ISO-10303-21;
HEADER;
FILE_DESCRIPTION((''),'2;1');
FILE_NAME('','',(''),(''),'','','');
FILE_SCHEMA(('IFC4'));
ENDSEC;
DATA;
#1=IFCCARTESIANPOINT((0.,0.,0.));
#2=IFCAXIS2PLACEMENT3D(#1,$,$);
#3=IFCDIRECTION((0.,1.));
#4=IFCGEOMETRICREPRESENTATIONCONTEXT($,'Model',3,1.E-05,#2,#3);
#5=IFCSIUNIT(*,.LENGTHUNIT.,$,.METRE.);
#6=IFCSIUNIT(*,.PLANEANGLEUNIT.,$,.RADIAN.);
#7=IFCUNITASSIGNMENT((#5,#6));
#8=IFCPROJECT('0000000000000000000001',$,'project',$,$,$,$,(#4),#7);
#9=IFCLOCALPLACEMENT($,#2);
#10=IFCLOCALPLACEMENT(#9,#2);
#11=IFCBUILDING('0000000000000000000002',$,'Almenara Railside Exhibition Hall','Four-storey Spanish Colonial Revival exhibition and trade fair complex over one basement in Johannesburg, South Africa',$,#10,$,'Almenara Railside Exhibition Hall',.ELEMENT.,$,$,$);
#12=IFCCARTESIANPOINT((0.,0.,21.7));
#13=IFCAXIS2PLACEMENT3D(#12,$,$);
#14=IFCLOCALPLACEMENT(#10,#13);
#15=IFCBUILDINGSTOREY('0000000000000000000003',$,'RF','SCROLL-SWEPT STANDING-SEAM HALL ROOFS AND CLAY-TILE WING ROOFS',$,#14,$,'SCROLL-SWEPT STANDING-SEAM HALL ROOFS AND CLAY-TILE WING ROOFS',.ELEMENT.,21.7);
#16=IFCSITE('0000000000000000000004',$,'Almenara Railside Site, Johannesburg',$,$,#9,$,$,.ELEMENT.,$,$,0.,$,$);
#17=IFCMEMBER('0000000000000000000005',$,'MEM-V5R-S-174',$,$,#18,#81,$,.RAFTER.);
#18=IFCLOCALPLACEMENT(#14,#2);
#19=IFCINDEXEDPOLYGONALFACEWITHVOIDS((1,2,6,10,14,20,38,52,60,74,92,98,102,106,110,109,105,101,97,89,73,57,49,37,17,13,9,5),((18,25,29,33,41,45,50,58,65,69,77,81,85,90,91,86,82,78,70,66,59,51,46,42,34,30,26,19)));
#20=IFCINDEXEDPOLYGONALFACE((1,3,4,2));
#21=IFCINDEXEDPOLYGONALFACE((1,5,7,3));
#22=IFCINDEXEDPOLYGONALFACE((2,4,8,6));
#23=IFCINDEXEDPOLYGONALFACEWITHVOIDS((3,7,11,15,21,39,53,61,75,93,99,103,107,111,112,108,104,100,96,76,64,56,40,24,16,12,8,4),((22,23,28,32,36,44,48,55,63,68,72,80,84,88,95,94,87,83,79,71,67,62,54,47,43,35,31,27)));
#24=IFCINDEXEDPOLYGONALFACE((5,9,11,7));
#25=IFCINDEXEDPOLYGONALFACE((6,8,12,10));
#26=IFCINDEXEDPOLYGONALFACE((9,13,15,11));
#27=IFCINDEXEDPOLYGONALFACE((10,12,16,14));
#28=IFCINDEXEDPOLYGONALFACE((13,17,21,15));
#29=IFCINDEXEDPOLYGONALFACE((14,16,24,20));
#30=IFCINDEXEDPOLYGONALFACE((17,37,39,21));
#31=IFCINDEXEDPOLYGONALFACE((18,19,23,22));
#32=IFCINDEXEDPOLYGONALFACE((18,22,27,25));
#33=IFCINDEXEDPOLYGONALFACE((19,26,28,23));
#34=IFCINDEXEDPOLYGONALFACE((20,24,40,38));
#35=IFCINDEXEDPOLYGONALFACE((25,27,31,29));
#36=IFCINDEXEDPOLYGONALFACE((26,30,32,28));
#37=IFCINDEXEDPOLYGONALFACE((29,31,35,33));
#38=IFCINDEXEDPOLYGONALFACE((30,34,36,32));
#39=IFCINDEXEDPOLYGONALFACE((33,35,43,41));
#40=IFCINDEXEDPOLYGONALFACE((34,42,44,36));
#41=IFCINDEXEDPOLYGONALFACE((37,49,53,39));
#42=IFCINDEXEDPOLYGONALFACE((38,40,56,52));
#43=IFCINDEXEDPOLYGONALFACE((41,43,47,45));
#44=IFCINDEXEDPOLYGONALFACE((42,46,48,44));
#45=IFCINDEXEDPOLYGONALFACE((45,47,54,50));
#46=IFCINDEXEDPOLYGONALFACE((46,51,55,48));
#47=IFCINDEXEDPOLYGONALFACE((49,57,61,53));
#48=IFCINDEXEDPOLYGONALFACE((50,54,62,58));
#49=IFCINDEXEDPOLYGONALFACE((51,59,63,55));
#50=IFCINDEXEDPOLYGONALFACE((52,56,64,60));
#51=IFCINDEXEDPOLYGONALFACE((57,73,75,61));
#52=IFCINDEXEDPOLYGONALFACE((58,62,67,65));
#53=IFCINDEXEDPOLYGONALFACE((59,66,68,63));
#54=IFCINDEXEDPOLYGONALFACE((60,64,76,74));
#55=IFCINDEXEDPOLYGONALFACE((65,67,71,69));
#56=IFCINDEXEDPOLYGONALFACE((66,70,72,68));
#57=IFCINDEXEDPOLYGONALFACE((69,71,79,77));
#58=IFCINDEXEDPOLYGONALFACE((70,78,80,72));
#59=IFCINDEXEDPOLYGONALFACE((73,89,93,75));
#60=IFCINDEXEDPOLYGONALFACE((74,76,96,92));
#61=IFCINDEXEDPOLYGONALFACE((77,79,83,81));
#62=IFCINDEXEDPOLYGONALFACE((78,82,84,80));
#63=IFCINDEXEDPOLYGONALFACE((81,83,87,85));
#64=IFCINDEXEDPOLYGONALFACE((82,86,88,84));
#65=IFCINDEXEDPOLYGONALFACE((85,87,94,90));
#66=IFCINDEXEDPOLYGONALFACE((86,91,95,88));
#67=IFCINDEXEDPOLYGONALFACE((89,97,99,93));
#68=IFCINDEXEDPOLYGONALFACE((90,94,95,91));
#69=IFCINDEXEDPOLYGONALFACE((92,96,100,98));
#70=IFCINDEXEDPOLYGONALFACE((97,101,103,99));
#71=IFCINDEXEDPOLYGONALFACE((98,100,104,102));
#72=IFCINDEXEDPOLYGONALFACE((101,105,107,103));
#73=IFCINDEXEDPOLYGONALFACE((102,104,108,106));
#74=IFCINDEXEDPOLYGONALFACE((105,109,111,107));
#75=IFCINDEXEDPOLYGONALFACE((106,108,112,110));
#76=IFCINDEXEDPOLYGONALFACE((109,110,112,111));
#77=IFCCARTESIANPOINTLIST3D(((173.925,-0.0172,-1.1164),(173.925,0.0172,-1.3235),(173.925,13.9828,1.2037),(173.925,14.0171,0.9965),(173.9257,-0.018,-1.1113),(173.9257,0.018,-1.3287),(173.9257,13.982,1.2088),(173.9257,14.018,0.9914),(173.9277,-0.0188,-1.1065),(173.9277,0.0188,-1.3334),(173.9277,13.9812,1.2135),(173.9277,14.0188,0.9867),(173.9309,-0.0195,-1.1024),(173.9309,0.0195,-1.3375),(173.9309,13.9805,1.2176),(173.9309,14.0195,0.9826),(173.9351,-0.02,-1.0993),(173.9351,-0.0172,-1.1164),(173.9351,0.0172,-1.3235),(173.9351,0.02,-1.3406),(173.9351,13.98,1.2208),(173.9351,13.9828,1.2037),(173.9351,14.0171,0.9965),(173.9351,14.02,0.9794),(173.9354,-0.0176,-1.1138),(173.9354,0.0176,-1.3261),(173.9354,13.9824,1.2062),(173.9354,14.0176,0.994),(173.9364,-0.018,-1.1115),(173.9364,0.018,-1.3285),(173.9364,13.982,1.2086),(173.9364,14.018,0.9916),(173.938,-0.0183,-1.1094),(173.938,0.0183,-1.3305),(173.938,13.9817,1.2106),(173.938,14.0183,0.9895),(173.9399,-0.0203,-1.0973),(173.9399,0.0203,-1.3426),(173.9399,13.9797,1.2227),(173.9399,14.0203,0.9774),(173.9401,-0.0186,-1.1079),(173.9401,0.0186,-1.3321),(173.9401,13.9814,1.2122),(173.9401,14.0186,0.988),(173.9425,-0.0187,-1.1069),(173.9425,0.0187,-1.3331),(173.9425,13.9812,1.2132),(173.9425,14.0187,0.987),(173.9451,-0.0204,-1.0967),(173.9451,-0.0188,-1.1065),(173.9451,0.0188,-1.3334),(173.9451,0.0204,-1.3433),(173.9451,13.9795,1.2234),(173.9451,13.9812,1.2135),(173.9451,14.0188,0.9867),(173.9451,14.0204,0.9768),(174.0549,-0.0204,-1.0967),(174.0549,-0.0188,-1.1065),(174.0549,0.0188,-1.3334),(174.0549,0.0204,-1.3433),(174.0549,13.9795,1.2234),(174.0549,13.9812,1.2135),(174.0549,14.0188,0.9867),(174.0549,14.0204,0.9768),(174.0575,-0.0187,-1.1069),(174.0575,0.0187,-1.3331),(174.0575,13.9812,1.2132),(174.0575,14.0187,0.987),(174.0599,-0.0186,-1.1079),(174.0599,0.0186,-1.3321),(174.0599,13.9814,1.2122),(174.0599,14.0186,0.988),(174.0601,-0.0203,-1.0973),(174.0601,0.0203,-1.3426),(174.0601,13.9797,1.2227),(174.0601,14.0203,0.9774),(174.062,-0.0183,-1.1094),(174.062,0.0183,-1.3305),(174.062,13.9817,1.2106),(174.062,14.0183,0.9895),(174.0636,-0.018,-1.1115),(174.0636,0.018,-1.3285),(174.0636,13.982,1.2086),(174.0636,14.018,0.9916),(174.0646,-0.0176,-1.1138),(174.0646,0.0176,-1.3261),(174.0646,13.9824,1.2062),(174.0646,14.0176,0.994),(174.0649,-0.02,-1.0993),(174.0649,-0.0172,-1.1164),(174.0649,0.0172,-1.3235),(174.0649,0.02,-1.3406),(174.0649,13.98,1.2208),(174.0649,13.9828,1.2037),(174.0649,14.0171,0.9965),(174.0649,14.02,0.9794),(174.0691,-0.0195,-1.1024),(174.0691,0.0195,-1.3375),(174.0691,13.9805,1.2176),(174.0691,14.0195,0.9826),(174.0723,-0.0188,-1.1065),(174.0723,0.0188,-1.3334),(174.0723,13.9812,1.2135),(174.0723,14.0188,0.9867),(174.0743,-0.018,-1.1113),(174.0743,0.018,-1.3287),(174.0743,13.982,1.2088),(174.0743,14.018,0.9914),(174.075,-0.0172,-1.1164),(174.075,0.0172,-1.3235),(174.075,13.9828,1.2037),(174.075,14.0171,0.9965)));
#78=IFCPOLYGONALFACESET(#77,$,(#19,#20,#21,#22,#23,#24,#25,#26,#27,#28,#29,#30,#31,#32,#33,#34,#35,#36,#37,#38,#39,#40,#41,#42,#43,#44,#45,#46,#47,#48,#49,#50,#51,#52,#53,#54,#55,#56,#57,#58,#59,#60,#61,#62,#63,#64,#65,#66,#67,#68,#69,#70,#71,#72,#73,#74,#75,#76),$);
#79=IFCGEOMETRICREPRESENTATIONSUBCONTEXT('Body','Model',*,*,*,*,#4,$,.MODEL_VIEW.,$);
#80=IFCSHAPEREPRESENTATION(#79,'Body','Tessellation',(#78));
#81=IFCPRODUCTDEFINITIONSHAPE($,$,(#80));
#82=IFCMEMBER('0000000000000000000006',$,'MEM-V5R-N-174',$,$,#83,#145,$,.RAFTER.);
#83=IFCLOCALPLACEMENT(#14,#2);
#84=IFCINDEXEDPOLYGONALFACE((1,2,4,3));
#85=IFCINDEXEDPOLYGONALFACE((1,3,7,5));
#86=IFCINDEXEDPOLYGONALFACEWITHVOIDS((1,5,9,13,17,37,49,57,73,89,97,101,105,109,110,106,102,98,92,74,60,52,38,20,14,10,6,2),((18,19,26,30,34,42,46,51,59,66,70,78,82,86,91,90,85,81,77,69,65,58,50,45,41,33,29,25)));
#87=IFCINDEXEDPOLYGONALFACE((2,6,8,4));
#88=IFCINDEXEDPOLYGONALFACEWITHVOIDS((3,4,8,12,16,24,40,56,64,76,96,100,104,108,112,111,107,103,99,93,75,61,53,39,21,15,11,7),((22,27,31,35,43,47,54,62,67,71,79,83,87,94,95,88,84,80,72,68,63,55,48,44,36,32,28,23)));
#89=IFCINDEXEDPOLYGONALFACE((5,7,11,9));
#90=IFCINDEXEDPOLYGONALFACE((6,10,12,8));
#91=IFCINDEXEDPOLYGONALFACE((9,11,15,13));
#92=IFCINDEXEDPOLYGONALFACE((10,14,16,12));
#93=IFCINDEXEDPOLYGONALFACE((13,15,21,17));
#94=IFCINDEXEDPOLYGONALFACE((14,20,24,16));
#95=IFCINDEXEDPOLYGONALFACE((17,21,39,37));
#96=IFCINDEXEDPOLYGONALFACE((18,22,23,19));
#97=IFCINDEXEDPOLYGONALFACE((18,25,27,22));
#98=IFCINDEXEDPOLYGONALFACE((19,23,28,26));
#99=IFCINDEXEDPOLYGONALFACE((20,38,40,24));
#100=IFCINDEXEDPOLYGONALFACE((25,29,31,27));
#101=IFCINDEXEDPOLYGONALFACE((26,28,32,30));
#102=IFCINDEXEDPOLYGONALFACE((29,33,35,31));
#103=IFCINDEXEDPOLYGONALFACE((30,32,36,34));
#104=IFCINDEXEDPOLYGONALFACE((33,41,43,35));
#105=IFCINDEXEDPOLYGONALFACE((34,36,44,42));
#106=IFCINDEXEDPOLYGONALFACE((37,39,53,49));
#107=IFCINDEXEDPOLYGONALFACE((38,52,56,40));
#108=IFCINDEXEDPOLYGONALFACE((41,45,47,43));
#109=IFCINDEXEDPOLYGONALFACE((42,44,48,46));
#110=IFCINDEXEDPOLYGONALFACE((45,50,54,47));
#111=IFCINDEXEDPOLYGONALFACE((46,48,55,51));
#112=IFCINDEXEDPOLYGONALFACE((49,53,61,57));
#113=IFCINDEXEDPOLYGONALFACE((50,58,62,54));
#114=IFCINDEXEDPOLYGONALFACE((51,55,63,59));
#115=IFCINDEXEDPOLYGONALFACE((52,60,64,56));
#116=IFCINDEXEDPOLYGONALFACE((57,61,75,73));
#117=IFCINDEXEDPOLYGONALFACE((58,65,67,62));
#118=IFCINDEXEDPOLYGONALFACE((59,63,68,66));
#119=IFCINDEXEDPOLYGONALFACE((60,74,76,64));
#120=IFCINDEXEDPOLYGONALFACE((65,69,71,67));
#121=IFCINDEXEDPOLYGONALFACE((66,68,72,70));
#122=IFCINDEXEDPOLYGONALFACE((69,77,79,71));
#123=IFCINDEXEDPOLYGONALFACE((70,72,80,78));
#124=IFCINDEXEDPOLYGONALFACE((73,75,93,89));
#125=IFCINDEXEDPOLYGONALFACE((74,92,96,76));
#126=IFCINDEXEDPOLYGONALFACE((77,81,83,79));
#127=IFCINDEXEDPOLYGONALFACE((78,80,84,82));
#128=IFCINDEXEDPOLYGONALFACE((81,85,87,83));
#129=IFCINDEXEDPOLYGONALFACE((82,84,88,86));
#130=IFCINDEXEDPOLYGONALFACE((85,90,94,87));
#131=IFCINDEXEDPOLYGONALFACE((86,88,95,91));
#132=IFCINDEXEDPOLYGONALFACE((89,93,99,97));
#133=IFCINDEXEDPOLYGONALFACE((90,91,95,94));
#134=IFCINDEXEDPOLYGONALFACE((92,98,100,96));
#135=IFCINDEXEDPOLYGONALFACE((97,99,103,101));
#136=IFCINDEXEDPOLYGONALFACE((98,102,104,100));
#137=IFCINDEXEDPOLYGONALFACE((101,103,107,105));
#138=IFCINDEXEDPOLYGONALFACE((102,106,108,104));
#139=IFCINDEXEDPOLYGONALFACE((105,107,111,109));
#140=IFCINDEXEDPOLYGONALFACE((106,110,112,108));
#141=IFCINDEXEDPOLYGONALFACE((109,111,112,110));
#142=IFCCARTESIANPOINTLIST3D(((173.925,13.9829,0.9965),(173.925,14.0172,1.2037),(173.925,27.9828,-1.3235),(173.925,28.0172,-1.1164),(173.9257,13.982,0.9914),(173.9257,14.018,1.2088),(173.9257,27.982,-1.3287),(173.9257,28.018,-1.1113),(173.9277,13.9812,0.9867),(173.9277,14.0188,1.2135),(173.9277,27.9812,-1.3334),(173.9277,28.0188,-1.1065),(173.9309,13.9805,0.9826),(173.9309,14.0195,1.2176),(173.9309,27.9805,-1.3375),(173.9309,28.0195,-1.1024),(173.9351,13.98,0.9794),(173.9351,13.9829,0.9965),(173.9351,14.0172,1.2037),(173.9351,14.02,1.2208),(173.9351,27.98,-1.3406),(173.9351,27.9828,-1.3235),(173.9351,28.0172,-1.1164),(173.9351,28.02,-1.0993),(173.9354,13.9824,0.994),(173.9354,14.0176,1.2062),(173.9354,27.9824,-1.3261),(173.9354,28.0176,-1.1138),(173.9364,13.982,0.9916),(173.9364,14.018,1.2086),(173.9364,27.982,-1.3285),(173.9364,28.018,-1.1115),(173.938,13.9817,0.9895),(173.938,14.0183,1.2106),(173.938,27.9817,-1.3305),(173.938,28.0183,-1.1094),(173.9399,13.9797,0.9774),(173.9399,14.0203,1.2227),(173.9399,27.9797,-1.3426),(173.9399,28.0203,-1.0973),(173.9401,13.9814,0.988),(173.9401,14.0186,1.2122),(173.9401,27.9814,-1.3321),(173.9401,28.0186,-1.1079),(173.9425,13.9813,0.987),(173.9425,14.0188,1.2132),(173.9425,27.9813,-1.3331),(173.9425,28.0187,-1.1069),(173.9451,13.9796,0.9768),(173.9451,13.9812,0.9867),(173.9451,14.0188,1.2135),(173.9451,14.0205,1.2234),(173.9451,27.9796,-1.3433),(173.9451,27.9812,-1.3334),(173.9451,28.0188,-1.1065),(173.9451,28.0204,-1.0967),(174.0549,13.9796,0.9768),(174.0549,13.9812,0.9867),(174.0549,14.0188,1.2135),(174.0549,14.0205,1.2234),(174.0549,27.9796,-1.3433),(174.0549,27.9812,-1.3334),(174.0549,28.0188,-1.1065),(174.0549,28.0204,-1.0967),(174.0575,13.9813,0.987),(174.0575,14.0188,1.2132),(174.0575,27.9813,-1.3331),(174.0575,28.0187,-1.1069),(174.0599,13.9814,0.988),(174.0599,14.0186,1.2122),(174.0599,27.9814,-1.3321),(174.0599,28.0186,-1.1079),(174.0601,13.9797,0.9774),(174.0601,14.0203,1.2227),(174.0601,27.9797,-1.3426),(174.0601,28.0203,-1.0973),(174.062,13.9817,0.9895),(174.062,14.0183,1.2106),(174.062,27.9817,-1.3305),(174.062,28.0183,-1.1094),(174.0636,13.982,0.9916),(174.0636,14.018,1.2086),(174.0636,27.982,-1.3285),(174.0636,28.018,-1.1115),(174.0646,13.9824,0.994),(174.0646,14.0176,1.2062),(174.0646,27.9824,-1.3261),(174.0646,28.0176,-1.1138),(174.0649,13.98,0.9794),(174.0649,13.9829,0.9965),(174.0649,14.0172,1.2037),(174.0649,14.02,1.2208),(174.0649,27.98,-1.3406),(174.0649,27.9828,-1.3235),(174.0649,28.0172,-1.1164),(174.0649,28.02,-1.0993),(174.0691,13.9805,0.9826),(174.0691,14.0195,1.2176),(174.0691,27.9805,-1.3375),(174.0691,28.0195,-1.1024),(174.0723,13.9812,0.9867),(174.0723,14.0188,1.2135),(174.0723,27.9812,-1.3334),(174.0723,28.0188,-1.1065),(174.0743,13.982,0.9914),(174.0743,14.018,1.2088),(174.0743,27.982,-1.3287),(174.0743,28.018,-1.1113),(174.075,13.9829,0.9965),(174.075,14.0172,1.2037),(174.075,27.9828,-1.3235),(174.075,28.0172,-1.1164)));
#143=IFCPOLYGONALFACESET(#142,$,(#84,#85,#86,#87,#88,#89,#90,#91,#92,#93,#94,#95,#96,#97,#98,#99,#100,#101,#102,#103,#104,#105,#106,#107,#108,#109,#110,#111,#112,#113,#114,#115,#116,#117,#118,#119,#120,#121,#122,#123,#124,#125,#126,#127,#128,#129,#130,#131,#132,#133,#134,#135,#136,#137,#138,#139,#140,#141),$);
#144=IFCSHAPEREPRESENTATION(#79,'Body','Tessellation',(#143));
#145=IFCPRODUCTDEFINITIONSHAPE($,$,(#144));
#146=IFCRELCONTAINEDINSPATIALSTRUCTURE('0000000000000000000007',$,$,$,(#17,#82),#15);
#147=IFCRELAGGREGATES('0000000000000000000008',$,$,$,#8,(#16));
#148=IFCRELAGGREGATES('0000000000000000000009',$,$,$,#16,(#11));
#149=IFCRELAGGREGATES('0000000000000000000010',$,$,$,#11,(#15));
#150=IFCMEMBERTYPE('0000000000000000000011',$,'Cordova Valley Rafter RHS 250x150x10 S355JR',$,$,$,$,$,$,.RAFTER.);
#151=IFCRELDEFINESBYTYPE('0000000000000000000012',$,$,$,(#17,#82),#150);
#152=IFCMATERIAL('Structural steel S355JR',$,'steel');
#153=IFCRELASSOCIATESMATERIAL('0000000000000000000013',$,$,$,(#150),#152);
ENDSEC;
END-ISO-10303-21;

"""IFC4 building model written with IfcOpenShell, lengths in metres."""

from ifc_helpers import new_model, si_unit, direction, frame, origin, origin_2d, place, context, subcontext, project, spatial, hollow_rectangle, extrude, material, material_profile, profile_set, type_object, element, save


model = new_model("IFC4")

# Units and contexts
model_context = context("Model", 3, precision=1e-05, world=origin(), true_north=direction((0.0, 1.0)))
body_context = subcontext(model_context, "Body", "Model", "MODEL_VIEW")
ifc_project = project(units=[si_unit("LENGTHUNIT", "METRE"), si_unit("PLANEANGLEUNIT", "RADIAN")], contexts=[model_context])

# Site, building, storey
site_placement = place(None, origin())
site = spatial("IfcSite", under=ifc_project, at=site_placement, Name="Almenara Railside Site, Johannesburg", CompositionType="ELEMENT", RefElevation=0.0)
building_placement = place(site_placement, origin())
building = spatial("IfcBuilding", under=site, at=building_placement, Name="Almenara Railside Exhibition Hall", Description="Four-storey Spanish Colonial Revival exhibition and trade fair complex over one basement in Johannesburg, South Africa", LongName="Almenara Railside Exhibition Hall", CompositionType="ELEMENT")
storey_placement = place(building_placement, frame((0.0, 0.0, 21.7)))
storey = spatial("IfcBuildingStorey", under=building, at=storey_placement, Name="RF", Description="SCROLL-SWEPT STANDING-SEAM HALL ROOFS AND CLAY-TILE WING ROOFS", LongName="SCROLL-SWEPT STANDING-SEAM HALL ROOFS AND CLAY-TILE WING ROOFS", CompositionType="ELEMENT", Elevation=21.7)

# Members
ifc_material_1 = material(Name="Structural steel S355JR", Category="steel")
ifc_material_profile_1 = material_profile(ifc_material_1, hollow_rectangle(XDim=0.1499, YDim=0.25, WallThickness=0.01, InnerFilletRadius=0.01, OuterFilletRadius=0.02, at=origin_2d()), Name="RHS 250x150x10")
ifc_profile_set_1 = profile_set([ifc_material_profile_1], Name="Structural steel S355JR")
member_type_1 = type_object("IfcMemberType", Name="Cordova Valley Rafter RHS 250x150x10 S355JR", PredefinedType="RAFTER", material=ifc_profile_set_1)
for number, where, z_axis, x_axis, name in (
    (1, (174.0, 0.0, -1.22), (0.0, 0.986545, 0.163489), (-1.0, 0.0, 0.0), "MEM-V5R-S-174"),
    (2, (174.0, 28.0, -1.22), (0.0, -0.986545, 0.163489), (1.0, 0.0, 0.0), "MEM-V5R-N-174"),
):
    element("IfcMember", number, at=place(storey_placement, frame(where, z_axis=z_axis, x_axis=x_axis)), inside=storey, type_object=member_type_1, Name=name, PredefinedType="RAFTER", context=body_context, shape_type="SweptSolid", body=[
        extrude(hollow_rectangle(XDim=0.1499, YDim=0.25, WallThickness=0.01, InnerFilletRadius=0.01, OuterFilletRadius=0.02, at=origin_2d()), origin(), (0.0, 0.0, 1.0), 14.1909),
    ])

save(model, "model.ifc")
